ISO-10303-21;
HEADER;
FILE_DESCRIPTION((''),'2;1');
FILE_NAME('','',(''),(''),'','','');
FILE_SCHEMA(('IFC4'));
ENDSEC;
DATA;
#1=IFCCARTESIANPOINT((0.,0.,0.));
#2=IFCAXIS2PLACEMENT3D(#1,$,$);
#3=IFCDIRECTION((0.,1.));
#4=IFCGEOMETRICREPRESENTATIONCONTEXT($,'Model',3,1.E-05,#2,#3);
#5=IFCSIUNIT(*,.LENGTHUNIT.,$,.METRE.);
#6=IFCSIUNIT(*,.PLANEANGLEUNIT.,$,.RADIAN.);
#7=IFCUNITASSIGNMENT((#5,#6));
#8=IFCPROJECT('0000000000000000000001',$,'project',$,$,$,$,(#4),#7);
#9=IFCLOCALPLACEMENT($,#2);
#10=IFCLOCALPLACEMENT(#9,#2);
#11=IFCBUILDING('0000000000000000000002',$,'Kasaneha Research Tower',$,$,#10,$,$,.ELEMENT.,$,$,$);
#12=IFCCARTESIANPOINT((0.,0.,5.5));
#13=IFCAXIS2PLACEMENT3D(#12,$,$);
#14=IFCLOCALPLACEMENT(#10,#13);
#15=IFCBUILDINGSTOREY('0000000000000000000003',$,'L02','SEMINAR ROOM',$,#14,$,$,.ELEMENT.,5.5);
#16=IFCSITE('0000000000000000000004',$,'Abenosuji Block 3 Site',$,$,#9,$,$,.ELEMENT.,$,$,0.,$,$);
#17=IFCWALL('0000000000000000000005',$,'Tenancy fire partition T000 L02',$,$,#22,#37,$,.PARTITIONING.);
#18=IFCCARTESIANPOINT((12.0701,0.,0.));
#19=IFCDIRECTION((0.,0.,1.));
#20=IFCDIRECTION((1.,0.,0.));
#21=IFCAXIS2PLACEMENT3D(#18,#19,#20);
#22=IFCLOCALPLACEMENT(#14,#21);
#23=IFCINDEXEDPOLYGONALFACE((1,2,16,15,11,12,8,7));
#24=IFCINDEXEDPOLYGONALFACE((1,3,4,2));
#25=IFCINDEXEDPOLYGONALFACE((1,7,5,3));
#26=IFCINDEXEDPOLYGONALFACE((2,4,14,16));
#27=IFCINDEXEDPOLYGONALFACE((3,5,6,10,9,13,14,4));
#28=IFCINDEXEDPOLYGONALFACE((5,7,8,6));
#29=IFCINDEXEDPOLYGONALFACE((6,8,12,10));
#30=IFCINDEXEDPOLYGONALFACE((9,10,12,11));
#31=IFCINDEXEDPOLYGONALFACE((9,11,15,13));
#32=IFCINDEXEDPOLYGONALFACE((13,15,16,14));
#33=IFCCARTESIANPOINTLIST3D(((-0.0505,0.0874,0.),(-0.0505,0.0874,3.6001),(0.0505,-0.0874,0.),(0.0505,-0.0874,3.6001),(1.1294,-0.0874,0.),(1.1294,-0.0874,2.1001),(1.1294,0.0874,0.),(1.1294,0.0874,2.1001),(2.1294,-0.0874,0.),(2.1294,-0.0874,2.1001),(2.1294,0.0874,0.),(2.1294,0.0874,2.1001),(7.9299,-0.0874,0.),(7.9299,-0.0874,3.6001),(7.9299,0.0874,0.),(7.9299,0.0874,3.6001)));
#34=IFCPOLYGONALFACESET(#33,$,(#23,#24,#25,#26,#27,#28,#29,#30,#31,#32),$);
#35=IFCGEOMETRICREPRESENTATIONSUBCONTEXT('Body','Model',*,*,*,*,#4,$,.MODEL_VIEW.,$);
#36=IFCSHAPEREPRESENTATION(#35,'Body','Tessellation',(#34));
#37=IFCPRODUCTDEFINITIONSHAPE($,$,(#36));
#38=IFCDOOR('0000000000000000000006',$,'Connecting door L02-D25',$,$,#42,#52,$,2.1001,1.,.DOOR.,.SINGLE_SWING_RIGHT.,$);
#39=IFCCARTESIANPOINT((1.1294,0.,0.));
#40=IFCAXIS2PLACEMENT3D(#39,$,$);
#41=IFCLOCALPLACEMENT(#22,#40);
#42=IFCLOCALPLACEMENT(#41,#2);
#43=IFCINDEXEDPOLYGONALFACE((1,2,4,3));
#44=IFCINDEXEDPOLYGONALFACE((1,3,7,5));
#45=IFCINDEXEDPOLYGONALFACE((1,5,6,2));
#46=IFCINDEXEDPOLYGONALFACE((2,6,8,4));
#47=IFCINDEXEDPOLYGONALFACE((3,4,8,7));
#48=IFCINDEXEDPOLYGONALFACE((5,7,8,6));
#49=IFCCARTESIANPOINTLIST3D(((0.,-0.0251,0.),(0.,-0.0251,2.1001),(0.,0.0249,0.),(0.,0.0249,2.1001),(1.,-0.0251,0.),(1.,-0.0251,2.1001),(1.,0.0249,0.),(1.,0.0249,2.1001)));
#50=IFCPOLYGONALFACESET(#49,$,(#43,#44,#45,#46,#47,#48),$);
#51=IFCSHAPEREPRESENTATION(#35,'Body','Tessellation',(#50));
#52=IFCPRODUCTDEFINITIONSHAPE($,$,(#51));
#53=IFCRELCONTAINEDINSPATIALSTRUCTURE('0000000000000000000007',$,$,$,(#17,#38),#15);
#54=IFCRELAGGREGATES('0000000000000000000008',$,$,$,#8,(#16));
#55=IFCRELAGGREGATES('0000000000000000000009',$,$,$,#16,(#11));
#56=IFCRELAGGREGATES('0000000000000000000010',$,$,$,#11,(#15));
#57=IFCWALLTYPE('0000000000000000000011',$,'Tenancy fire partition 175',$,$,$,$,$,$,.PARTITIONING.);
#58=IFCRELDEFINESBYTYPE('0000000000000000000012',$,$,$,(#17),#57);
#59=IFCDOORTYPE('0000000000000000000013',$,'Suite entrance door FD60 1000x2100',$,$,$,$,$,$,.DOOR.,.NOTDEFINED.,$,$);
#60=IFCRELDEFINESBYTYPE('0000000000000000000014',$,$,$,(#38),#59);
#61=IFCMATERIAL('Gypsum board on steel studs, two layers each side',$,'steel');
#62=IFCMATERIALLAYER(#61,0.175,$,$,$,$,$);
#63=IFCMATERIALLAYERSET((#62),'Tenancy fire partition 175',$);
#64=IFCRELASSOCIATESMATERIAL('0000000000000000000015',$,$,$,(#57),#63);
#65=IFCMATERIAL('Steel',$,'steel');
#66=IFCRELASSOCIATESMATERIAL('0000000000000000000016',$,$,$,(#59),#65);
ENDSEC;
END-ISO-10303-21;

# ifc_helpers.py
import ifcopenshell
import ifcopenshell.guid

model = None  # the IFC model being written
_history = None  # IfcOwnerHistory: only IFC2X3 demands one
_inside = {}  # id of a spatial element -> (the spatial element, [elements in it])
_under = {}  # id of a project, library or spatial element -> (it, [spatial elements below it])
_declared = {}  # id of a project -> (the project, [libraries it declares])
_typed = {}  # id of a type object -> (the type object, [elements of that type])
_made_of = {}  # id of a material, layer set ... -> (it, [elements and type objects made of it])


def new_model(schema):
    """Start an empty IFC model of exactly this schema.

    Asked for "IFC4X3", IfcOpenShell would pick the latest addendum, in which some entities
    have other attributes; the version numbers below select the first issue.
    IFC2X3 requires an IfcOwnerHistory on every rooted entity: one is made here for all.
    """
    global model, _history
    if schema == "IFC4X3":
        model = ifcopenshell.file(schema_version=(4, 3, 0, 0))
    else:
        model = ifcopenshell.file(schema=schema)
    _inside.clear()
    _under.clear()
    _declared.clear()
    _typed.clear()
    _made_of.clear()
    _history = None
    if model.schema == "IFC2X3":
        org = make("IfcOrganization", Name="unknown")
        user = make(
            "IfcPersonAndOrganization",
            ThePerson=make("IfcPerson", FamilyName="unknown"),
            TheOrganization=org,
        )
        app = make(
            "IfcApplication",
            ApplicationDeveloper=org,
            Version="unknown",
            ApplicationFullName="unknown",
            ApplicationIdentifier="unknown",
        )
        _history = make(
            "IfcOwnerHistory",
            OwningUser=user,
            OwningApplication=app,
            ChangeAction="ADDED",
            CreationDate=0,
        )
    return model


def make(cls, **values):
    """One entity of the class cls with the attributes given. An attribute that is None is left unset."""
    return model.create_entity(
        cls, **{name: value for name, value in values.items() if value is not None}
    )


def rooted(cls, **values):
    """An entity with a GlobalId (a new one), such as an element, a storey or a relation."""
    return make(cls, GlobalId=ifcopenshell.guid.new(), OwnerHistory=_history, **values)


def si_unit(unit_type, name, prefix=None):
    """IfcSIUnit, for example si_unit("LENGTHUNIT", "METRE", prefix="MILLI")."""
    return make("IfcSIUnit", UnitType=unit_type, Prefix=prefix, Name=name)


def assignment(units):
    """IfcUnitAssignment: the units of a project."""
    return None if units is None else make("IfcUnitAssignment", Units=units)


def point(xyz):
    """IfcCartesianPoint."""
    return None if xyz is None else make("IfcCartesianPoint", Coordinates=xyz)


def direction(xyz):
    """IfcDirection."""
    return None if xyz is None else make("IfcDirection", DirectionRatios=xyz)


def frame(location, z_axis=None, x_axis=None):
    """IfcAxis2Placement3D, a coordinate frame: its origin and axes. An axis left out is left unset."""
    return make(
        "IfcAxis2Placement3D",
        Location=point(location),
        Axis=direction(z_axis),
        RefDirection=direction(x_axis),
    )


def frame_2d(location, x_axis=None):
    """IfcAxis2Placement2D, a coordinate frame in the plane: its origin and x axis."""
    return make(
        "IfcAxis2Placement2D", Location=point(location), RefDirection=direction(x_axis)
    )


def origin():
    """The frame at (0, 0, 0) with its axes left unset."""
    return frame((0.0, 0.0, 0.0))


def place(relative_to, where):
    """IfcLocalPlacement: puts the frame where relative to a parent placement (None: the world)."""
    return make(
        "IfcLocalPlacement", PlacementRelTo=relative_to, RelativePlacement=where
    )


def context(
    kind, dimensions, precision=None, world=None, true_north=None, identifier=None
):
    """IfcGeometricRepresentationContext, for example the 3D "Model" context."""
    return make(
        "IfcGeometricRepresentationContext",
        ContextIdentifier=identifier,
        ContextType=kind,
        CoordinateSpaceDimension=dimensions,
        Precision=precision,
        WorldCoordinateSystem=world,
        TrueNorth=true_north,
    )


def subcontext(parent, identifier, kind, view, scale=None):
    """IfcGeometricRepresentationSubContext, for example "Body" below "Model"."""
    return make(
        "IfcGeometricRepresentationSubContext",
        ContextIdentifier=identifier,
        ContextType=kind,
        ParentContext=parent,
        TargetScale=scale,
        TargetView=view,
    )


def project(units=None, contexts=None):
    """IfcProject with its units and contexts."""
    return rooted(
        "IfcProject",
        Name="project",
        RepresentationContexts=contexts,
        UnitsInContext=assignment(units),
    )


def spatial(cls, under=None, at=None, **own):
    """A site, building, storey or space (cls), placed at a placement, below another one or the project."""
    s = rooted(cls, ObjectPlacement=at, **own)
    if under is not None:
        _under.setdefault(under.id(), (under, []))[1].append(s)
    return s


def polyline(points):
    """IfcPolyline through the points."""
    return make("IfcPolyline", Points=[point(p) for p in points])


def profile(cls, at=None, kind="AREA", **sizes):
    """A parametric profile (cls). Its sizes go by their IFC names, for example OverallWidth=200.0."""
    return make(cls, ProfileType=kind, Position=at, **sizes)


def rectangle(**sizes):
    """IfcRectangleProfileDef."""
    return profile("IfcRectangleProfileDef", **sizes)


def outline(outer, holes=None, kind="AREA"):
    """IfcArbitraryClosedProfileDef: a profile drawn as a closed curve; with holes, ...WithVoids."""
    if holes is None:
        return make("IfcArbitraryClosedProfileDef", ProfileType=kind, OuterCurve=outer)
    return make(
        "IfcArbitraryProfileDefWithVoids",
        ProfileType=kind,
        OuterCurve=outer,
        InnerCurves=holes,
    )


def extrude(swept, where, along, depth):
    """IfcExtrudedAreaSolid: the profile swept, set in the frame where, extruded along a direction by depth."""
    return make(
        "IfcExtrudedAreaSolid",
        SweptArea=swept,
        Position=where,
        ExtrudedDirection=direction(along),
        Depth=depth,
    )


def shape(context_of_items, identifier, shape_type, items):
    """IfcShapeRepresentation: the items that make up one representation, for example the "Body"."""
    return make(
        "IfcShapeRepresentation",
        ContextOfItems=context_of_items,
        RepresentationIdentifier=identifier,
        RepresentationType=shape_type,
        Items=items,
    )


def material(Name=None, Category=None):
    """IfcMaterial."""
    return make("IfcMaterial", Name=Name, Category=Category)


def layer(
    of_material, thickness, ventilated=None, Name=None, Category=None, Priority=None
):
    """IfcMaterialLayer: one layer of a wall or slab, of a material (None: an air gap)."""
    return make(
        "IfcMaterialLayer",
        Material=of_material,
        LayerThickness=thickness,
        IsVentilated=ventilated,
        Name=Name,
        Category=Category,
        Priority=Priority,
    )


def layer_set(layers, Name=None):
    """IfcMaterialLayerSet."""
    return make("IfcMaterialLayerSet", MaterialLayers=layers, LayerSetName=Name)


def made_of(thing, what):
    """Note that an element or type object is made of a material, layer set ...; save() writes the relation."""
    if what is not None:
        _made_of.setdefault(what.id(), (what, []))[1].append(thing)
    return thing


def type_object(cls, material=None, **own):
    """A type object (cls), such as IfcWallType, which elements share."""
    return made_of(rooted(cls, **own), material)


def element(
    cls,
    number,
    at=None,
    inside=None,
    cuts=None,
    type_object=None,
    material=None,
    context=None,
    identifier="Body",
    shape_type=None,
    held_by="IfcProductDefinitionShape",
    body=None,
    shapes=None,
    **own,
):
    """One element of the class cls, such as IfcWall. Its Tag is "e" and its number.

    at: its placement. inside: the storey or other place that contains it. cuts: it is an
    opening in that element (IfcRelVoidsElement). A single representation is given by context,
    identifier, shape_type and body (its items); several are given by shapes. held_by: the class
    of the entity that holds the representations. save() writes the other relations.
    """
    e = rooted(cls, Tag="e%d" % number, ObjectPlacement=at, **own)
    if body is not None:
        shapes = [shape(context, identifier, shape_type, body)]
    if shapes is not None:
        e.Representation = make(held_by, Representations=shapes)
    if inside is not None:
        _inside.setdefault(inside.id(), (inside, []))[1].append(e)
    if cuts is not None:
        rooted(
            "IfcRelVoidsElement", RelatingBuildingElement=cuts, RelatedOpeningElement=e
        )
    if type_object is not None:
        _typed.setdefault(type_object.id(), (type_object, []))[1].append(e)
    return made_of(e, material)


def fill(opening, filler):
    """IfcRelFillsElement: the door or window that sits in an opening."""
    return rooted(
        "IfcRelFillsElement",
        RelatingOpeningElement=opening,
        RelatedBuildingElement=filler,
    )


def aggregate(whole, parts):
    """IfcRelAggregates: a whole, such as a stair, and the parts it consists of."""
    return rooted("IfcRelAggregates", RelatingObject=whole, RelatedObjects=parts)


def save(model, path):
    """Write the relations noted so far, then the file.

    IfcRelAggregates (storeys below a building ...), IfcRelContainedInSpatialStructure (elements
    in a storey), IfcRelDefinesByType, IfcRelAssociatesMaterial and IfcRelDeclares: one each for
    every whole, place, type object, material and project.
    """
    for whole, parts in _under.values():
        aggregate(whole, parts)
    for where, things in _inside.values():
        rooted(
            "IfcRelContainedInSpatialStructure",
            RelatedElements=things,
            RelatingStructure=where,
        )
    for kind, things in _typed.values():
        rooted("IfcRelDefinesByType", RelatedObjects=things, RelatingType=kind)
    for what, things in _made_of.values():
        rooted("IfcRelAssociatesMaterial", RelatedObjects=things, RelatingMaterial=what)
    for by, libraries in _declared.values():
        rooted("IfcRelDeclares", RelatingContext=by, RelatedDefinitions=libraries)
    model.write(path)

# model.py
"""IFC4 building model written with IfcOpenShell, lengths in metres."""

from ifc_helpers import new_model, si_unit, direction, frame, frame_2d, origin, place, context, subcontext, project, spatial, polyline, rectangle, outline, extrude, material, layer, layer_set, type_object, element, fill, save


model = new_model("IFC4")

# Units and contexts
model_context = context("Model", 3, precision=1e-05, world=origin(), true_north=direction((0.0, 1.0)))
body_context = subcontext(model_context, "Body", "Model", "MODEL_VIEW")
ifc_project = project(units=[si_unit("LENGTHUNIT", "METRE"), si_unit("PLANEANGLEUNIT", "RADIAN")], contexts=[model_context])

# Site, building, storey
site_placement = place(None, origin())
site = spatial("IfcSite", under=ifc_project, at=site_placement, Name="Abenosuji Block 3 Site", CompositionType="ELEMENT", RefElevation=0.0)
building_placement = place(site_placement, origin())
building = spatial("IfcBuilding", under=site, at=building_placement, Name="Kasaneha Research Tower", CompositionType="ELEMENT")
storey_placement = place(building_placement, frame((0.0, 0.0, 5.5)))
storey = spatial("IfcBuildingStorey", under=building, at=storey_placement, Name="L02", Description="SEMINAR ROOM", CompositionType="ELEMENT", Elevation=5.5)

# Wall, opening, door
ifc_material_1 = material(Name="Gypsum board on steel studs, two layers each side", Category="steel")
ifc_layer_1 = layer(ifc_material_1, 0.175)
ifc_layer_set_1 = layer_set([ifc_layer_1], Name="Tenancy fire partition 175")
wall_type = type_object("IfcWallType", Name="Tenancy fire partition 175", PredefinedType="PARTITIONING", material=ifc_layer_set_1)
wall_placement = place(storey_placement, frame((12.0701, 0.0, 0.0), z_axis=(0.0, 0.0, 1.0), x_axis=(1.0, 0.0, 0.0)))
wall = element("IfcWall", 1, at=wall_placement, inside=storey, type_object=wall_type, Name="Tenancy fire partition T000 L02", PredefinedType="PARTITIONING", context=body_context, shape_type="SweptSolid", body=[
    extrude(outline(polyline([(0.0505, -0.0874), (1.1294, -0.0874), (2.1294, -0.0874), (7.9299, -0.0874), (7.9299, 0.0874), (2.1294, 0.0874), (1.1294, 0.0874), (-0.0505, 0.0874), (0.0505, -0.0874)])), origin(), (0.0, 0.0, 1.0), 3.6001),
])
opening_placement = place(wall_placement, frame((1.1294, 0.0, 0.0)))
opening = element("IfcOpeningElement", 2, at=opening_placement, cuts=wall, PredefinedType="OPENING", context=body_context, shape_type="SweptSolid", body=[
    extrude(rectangle(XDim=1.0, YDim=2.1001, at=frame_2d((0.5, 1.05))), frame((0.0, 0.0977, 0.0), z_axis=(0.0, -1.0, 0.0), x_axis=(1.0, 0.0, 0.0)), (0.0, 0.0, 1.0), 0.1951),
])
ifc_material_2 = material(Name="Steel", Category="steel")
door_type = type_object("IfcDoorType", Name="Suite entrance door FD60 1000x2100", OperationType="NOTDEFINED", PredefinedType="DOOR", material=ifc_material_2)
door_placement = place(opening_placement, origin())
door = element("IfcDoor", 3, at=door_placement, inside=storey, type_object=door_type, Name="Connecting door L02-D25", OperationType="SINGLE_SWING_RIGHT", OverallHeight=2.1001, OverallWidth=1.0, PredefinedType="DOOR", context=body_context, shape_type="SweptSolid", body=[
    extrude(rectangle(XDim=1.0, YDim=2.1001, at=frame_2d((0.5, 1.05))), frame((0.0, 0.0249, 0.0), z_axis=(0.0, -1.0, 0.0), x_axis=(1.0, 0.0, 0.0)), (0.0, 0.0, 1.0), 0.05),
])
fill(opening, door)

save(model, "model.ifc")
